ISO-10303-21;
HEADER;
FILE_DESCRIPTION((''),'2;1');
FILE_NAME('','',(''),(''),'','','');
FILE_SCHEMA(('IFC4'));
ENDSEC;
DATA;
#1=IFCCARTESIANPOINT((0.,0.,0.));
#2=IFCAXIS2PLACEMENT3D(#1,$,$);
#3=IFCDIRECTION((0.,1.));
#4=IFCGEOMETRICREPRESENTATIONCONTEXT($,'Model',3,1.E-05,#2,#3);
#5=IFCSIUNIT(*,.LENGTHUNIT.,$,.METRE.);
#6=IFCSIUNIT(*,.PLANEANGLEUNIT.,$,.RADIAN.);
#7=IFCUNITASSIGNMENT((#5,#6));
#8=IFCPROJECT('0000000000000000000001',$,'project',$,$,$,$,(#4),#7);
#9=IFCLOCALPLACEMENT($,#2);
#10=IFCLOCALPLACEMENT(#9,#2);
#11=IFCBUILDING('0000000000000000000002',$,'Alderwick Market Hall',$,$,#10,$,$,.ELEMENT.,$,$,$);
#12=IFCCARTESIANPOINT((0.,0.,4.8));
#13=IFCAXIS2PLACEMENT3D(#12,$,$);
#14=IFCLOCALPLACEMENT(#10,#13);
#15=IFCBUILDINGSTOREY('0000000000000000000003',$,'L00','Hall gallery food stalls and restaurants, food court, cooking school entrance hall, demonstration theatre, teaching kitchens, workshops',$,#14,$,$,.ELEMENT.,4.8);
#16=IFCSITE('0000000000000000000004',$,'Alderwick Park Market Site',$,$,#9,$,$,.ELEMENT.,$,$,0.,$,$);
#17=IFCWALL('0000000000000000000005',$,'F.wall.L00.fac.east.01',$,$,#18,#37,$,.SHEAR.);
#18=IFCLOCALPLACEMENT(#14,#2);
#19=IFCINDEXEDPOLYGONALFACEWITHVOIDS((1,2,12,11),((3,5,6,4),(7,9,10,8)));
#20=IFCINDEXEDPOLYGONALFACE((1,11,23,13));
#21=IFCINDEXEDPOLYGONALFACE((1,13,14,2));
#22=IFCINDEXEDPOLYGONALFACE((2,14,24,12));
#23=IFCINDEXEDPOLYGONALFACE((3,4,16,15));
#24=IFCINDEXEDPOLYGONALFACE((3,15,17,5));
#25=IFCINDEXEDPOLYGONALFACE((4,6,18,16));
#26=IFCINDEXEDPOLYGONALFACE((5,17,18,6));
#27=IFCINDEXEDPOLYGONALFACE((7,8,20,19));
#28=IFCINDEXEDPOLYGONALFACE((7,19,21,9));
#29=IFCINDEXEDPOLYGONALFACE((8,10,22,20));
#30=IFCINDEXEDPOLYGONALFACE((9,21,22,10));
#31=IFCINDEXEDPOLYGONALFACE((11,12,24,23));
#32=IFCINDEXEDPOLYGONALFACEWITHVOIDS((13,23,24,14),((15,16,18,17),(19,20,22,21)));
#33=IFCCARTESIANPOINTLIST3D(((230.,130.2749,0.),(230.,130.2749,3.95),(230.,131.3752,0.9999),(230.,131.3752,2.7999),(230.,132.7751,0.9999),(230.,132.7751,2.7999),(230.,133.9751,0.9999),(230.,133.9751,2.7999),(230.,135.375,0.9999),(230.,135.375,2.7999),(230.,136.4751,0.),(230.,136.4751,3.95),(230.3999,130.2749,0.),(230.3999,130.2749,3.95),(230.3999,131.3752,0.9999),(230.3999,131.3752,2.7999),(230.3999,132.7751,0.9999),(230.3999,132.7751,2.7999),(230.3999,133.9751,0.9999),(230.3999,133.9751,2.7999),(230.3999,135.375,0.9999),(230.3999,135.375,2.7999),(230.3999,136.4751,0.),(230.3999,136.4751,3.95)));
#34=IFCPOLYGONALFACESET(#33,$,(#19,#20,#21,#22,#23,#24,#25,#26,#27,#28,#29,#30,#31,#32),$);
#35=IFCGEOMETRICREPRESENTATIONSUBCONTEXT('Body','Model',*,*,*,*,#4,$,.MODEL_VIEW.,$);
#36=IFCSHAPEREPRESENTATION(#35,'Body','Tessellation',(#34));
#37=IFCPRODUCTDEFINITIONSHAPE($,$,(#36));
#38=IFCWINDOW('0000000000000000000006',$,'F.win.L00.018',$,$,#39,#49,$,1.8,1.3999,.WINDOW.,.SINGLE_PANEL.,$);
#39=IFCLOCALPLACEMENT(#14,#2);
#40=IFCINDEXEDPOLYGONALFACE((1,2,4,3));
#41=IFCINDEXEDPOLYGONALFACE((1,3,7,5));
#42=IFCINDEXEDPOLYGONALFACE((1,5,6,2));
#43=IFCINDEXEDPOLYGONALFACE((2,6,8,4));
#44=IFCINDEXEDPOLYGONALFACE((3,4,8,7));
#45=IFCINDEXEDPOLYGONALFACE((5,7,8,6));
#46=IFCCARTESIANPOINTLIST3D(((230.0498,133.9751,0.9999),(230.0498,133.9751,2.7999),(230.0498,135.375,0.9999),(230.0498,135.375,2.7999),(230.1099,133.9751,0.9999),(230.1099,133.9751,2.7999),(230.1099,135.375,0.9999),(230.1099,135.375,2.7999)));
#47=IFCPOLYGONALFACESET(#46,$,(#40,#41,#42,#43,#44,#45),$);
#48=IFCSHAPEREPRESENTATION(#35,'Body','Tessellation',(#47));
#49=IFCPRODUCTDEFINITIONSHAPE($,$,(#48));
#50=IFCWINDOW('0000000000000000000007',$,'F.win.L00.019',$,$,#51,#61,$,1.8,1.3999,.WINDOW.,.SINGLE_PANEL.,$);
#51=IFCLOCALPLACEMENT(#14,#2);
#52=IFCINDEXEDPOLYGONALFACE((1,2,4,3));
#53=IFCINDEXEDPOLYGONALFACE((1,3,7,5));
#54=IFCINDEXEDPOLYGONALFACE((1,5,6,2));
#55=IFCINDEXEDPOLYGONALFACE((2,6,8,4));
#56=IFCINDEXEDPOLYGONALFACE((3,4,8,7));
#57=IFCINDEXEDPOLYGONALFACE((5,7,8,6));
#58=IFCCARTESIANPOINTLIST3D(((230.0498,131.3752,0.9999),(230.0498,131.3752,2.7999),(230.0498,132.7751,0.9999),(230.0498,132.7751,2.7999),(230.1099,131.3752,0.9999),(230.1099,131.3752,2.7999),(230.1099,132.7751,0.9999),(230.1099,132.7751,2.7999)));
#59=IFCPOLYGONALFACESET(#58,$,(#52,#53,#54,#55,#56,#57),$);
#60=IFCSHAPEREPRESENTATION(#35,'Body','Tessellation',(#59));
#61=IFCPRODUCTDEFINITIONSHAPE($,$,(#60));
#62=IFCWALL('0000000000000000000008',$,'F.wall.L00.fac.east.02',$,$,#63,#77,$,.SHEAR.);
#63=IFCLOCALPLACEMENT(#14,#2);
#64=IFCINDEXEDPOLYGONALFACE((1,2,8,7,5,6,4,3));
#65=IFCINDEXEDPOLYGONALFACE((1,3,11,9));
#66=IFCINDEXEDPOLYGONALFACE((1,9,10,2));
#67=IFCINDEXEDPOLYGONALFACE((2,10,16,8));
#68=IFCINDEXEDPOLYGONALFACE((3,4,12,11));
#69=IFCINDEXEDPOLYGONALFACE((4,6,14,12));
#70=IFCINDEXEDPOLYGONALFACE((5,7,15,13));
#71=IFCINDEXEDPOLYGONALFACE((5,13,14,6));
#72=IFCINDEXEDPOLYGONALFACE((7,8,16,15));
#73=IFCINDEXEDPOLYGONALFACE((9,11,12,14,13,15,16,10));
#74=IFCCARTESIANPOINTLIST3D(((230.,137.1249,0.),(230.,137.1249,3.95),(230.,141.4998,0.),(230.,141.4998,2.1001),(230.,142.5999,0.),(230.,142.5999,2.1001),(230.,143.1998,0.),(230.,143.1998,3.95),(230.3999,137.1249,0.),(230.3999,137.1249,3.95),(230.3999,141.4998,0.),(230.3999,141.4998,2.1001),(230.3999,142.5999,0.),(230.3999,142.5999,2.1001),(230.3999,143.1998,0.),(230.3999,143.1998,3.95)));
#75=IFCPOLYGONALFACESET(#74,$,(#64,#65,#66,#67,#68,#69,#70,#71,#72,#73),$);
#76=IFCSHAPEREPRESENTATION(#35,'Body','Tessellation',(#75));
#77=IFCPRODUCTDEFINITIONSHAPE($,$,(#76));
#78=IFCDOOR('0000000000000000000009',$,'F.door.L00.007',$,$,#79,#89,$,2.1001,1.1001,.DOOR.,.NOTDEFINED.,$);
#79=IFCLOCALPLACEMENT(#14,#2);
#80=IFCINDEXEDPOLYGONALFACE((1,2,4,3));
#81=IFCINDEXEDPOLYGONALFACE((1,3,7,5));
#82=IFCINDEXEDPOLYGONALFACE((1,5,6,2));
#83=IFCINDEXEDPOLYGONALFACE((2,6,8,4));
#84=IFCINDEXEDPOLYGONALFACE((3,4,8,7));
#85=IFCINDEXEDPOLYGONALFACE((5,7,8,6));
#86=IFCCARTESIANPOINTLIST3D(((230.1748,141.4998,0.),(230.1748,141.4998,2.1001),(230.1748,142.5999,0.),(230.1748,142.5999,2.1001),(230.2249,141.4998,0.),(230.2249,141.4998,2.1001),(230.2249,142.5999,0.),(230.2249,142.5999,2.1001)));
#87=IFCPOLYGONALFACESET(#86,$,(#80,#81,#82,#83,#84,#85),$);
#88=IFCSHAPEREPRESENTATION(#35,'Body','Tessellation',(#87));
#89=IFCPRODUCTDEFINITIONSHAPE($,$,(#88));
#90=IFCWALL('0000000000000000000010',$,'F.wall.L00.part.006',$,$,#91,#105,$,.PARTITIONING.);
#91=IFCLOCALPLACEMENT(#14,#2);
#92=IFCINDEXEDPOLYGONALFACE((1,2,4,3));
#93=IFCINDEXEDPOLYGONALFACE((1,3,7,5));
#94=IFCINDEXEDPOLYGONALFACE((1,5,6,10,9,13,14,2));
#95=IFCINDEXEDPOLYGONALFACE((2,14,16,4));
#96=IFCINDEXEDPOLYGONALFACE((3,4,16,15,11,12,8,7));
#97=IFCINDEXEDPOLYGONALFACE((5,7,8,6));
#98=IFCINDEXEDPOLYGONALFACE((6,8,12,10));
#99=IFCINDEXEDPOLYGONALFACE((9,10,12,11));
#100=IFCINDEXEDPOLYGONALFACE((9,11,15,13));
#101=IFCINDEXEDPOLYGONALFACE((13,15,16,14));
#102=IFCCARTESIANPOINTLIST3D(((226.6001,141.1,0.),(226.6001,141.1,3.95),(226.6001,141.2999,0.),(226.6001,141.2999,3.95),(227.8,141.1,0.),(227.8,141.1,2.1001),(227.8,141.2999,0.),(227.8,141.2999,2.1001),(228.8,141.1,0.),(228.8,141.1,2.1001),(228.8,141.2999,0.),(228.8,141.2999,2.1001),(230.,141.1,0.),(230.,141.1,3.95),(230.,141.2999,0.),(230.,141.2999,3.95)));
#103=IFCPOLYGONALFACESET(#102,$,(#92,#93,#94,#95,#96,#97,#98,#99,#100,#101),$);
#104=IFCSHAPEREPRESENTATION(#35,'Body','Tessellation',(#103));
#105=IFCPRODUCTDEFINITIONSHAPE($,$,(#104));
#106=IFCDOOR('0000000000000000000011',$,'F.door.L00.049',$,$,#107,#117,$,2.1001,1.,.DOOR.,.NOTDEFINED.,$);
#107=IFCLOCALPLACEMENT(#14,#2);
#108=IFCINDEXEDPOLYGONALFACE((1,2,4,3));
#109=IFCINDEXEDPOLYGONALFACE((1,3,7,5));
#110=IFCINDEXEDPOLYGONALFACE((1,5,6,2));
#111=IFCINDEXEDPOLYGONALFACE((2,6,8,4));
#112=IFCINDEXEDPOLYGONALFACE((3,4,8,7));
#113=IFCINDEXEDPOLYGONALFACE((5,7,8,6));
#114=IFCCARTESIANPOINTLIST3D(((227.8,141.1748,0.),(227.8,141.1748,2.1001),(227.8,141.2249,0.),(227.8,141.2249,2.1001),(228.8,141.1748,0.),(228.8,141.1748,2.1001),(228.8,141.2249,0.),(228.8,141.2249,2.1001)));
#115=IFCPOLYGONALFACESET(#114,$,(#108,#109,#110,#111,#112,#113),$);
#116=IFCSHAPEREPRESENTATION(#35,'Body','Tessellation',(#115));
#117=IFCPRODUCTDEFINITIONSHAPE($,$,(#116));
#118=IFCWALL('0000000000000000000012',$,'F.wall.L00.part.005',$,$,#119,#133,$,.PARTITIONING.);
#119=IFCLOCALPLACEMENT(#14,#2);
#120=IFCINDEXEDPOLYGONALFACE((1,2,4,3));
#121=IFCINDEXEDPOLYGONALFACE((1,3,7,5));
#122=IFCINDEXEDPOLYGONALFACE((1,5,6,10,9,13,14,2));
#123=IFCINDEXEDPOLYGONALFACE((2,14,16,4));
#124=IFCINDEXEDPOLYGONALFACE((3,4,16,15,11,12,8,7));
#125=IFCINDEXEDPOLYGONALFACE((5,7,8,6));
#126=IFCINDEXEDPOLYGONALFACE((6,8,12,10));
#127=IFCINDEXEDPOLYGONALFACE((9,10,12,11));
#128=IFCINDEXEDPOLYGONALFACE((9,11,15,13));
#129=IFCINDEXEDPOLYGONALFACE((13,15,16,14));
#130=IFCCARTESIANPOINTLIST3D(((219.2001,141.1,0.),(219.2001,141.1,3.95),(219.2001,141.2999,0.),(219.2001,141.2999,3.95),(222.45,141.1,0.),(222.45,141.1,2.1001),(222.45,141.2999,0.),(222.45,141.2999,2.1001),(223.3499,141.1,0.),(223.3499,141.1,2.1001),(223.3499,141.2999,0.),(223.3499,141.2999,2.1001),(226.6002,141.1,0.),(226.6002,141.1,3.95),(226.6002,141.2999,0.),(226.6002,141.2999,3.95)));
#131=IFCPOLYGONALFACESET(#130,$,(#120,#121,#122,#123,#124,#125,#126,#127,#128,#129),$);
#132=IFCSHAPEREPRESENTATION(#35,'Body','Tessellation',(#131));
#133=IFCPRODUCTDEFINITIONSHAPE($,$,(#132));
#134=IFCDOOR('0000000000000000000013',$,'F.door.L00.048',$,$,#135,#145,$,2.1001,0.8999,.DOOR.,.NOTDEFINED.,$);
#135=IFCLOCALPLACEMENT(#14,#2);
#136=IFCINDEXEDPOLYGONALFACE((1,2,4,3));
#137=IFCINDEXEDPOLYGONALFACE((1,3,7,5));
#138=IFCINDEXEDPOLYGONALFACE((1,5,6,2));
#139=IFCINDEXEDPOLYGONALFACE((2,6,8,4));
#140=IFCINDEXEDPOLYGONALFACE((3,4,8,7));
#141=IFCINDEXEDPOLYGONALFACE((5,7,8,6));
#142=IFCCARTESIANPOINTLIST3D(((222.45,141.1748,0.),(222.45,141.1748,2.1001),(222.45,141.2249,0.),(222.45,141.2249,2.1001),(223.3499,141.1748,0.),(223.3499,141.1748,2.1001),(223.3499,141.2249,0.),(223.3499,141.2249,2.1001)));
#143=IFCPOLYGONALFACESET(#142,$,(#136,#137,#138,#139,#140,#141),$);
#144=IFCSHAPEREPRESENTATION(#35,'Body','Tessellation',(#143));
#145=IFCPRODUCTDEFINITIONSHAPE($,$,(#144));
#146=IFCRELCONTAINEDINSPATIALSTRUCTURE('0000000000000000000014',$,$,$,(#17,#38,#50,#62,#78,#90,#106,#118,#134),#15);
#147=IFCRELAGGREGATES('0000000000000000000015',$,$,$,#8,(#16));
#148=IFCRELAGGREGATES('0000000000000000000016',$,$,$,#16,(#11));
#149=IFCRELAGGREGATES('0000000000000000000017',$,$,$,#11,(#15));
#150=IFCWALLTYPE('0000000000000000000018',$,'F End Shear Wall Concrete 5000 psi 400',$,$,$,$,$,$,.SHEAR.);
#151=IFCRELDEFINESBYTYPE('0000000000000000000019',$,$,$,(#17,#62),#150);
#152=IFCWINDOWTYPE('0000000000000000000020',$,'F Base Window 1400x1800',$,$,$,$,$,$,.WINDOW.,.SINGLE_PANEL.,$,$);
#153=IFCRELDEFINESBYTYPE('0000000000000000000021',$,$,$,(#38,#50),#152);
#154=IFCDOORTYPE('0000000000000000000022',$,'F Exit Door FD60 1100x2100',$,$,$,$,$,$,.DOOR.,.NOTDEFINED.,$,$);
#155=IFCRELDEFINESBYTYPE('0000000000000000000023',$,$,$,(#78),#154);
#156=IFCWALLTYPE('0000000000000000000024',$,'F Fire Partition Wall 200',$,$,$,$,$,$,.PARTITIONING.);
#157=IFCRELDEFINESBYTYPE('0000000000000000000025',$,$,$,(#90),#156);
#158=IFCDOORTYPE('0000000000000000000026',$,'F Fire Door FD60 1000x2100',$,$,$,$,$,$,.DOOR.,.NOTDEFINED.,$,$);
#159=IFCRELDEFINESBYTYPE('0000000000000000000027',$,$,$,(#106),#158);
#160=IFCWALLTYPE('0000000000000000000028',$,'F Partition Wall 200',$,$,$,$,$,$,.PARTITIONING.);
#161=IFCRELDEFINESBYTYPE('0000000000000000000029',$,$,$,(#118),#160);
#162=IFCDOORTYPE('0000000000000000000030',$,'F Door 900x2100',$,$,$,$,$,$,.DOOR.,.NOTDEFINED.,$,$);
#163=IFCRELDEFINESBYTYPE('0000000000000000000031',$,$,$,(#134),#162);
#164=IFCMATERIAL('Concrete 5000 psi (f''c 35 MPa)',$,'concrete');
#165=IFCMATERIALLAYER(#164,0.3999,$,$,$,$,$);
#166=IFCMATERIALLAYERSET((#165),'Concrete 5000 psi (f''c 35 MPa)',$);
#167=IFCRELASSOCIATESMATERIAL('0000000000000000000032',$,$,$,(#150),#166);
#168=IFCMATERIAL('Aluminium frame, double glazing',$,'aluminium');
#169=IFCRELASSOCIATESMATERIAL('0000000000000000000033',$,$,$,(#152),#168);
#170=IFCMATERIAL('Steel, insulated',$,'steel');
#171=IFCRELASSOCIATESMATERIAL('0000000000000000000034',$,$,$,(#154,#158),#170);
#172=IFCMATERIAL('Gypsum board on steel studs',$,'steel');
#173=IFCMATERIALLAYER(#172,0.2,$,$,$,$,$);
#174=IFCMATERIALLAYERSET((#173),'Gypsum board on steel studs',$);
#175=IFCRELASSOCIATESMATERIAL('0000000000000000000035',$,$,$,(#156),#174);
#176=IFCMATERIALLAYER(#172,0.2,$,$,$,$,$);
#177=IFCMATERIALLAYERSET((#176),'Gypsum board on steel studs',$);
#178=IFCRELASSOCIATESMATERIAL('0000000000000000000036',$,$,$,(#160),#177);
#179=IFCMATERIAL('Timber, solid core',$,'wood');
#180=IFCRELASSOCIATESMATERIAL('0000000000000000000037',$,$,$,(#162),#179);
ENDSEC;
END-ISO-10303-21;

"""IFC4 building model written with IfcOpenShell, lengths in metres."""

from ifc_helpers import new_model, si_unit, direction, frame, frame_2d, origin, place, context, subcontext, project, spatial, rectangle, extrude, material, layer, layer_set, type_object, element, fill, save


model = new_model("IFC4")

# Units and contexts
model_context = context("Model", 3, precision=1e-05, world=origin(), true_north=direction((0.0, 1.0)))
body_context = subcontext(model_context, "Body", "Model", "MODEL_VIEW")
ifc_project = project(units=[si_unit("LENGTHUNIT", "METRE"), si_unit("PLANEANGLEUNIT", "RADIAN")], contexts=[model_context])

# Site, building, storey
site_placement = place(None, origin())
site = spatial("IfcSite", under=ifc_project, at=site_placement, Name="Alderwick Park Market Site", CompositionType="ELEMENT", RefElevation=0.0)
building_placement = place(site_placement, origin())
building = spatial("IfcBuilding", under=site, at=building_placement, Name="Alderwick Market Hall", CompositionType="ELEMENT")
storey_placement = place(building_placement, frame((0.0, 0.0, 4.8)))
storey = spatial("IfcBuildingStorey", under=building, at=storey_placement, Name="L00", Description="Hall gallery food stalls and restaurants, food court, cooking school entrance hall, demonstration theatre, teaching kitchens, workshops", CompositionType="ELEMENT", Elevation=4.8)

# Shared definitions
ifc_material_1 = material(Name="Concrete 5000 psi (f'c 35 MPa)", Category="concrete")

# Shared definitions
ifc_material_2 = material(Name="Steel, insulated", Category="steel")

# Wall, openings, windows
ifc_layer_1 = layer(ifc_material_1, 0.3999)
ifc_layer_set_1 = layer_set([ifc_layer_1], Name="Concrete 5000 psi (f'c 35 MPa)")
wall_type_1 = type_object("IfcWallType", Name="F End Shear Wall Concrete 5000 psi 400", PredefinedType="SHEAR", material=ifc_layer_set_1)
wall_1_placement = place(storey_placement, frame((230.2, 136.4751, 0.0), z_axis=(0.0, 0.0, 1.0), x_axis=(0.0, -1.0, 0.0)))
wall_1 = element("IfcWall", 1, at=wall_1_placement, inside=storey, type_object=wall_type_1, Name="F.wall.L00.fac.east.01", PredefinedType="SHEAR", context=body_context, shape_type="SweptSolid", body=[
    extrude(rectangle(XDim=6.2002, YDim=0.3999, at=frame_2d((3.1001, 0.0))), origin(), (0.0, 0.0, 1.0), 3.95),
])
opening_1_placement = place(wall_1_placement, frame((1.1001, 0.0, 1.0)))
opening_1 = element("IfcOpeningElement", 2, at=opening_1_placement, cuts=wall_1, PredefinedType="OPENING", context=body_context, shape_type="SweptSolid", body=[
    extrude(rectangle(XDim=1.3999, YDim=1.8, at=frame_2d((0.7, 0.8999))), frame((0.0, 0.21, 0.0), z_axis=(0.0, -1.0, 0.0), x_axis=(1.0, 0.0, 0.0)), (0.0, 0.0, 1.0), 0.4199),
])
opening_2_placement = place(wall_1_placement, frame((3.7, 0.0, 1.0)))
opening_2 = element("IfcOpeningElement", 3, at=opening_2_placement, cuts=wall_1, PredefinedType="OPENING", context=body_context, shape_type="SweptSolid", body=[
    extrude(rectangle(XDim=1.3999, YDim=1.8, at=frame_2d((0.7, 0.8999))), frame((0.0, 0.21, 0.0), z_axis=(0.0, -1.0, 0.0), x_axis=(1.0, 0.0, 0.0)), (0.0, 0.0, 1.0), 0.4199),
])
ifc_material_3 = material(Name="Aluminium frame, double glazing", Category="aluminium")
window_type = type_object("IfcWindowType", Name="F Base Window 1400x1800", PartitioningType="SINGLE_PANEL", PredefinedType="WINDOW", material=ifc_material_3)
window_1_placement = place(opening_1_placement, origin())
window_1 = element("IfcWindow", 4, at=window_1_placement, inside=storey, type_object=window_type, Name="F.win.L00.018", OverallHeight=1.8, OverallWidth=1.3999, PartitioningType="SINGLE_PANEL", PredefinedType="WINDOW", context=body_context, shape_type="SweptSolid", body=[
    extrude(rectangle(XDim=1.3999, YDim=1.8, at=frame_2d((0.7, 0.8999))), frame((0.0, -0.0901, 0.0), z_axis=(0.0, -1.0, 0.0), x_axis=(1.0, 0.0, 0.0)), (0.0, 0.0, 1.0), 0.0601),
])
fill(opening_1, window_1)
window_2_placement = place(opening_2_placement, origin())
window_2 = element("IfcWindow", 5, at=window_2_placement, inside=storey, type_object=window_type, Name="F.win.L00.019", OverallHeight=1.8, OverallWidth=1.3999, PartitioningType="SINGLE_PANEL", PredefinedType="WINDOW", context=body_context, shape_type="SweptSolid", body=[
    extrude(rectangle(XDim=1.3999, YDim=1.8, at=frame_2d((0.7, 0.8999))), frame((0.0, -0.0901, 0.0), z_axis=(0.0, -1.0, 0.0), x_axis=(1.0, 0.0, 0.0)), (0.0, 0.0, 1.0), 0.0601),
])
fill(opening_2, window_2)

# Walls, openings, doors
wall_2_placement = place(storey_placement, frame((230.2, 143.2, 0.0), z_axis=(0.0, 0.0, 1.0), x_axis=(0.0, -1.0, 0.0)))
wall_2 = element("IfcWall", 6, at=wall_2_placement, inside=storey, type_object=wall_type_1, Name="F.wall.L00.fac.east.02", PredefinedType="SHEAR", context=body_context, shape_type="SweptSolid", body=[
    extrude(rectangle(XDim=6.075, YDim=0.3999, at=frame_2d((3.0376, 0.0))), origin(), (0.0, 0.0, 1.0), 3.95),
])
opening_3_placement = place(wall_2_placement, frame((0.6001, 0.0, 0.0)))
opening_3 = element("IfcOpeningElement", 7, at=opening_3_placement, cuts=wall_2, PredefinedType="OPENING", context=body_context, shape_type="SweptSolid", body=[
    extrude(rectangle(XDim=1.1001, YDim=2.1001, at=frame_2d((0.55, 1.05))), frame((0.0, 0.21, 0.0), z_axis=(0.0, -1.0, 0.0), x_axis=(1.0, 0.0, 0.0)), (0.0, 0.0, 1.0), 0.4199),
])
door_type_1 = type_object("IfcDoorType", Name="F Exit Door FD60 1100x2100", OperationType="NOTDEFINED", PredefinedType="DOOR", material=ifc_material_2)
door_1_placement = place(opening_3_placement, origin())
door_1 = element("IfcDoor", 8, at=door_1_placement, inside=storey, type_object=door_type_1, Name="F.door.L00.007", OperationType="NOTDEFINED", OverallHeight=2.1001, OverallWidth=1.1001, PredefinedType="DOOR", context=body_context, shape_type="SweptSolid", body=[
    extrude(rectangle(XDim=1.1001, YDim=2.1001, at=frame_2d((0.55, 1.05))), frame((0.0, 0.0249, 0.0), z_axis=(0.0, -1.0, 0.0), x_axis=(1.0, 0.0, 0.0)), (0.0, 0.0, 1.0), 0.05),
])
fill(opening_3, door_1)
ifc_material_4 = material(Name="Gypsum board on steel studs", Category="steel")
ifc_layer_2 = layer(ifc_material_4, 0.2)
ifc_layer_set_2 = layer_set([ifc_layer_2], Name="Gypsum board on steel studs")
wall_type_2 = type_object("IfcWallType", Name="F Fire Partition Wall 200", PredefinedType="PARTITIONING", material=ifc_layer_set_2)
wall_3_placement = place(storey_placement, frame((226.6001, 141.2, 0.0), z_axis=(0.0, 0.0, 1.0), x_axis=(1.0, 0.0, 0.0)))
wall_3 = element("IfcWall", 9, at=wall_3_placement, inside=storey, type_object=wall_type_2, Name="F.wall.L00.part.006", PredefinedType="PARTITIONING", context=body_context, shape_type="SweptSolid", body=[
    extrude(rectangle(XDim=3.3999, YDim=0.2, at=frame_2d((1.7, 0.0))), origin(), (0.0, 0.0, 1.0), 3.95),
])
opening_4_placement = place(wall_3_placement, frame((1.2, 0.0, 0.0)))
opening_4 = element("IfcOpeningElement", 10, at=opening_4_placement, cuts=wall_3, PredefinedType="OPENING", context=body_context, shape_type="SweptSolid", body=[
    extrude(rectangle(XDim=1.0, YDim=2.1001, at=frame_2d((0.5, 1.05))), frame((0.0, 0.1099, 0.0), z_axis=(0.0, -1.0, 0.0), x_axis=(1.0, 0.0, 0.0)), (0.0, 0.0, 1.0), 0.22),
])
door_type_2 = type_object("IfcDoorType", Name="F Fire Door FD60 1000x2100", OperationType="NOTDEFINED", PredefinedType="DOOR", material=ifc_material_2)
door_2_placement = place(opening_4_placement, origin())
door_2 = element("IfcDoor", 11, at=door_2_placement, inside=storey, type_object=door_type_2, Name="F.door.L00.049", OperationType="NOTDEFINED", OverallHeight=2.1001, OverallWidth=1.0, PredefinedType="DOOR", context=body_context, shape_type="SweptSolid", body=[
    extrude(rectangle(XDim=1.0, YDim=2.1001, at=frame_2d((0.5, 1.05))), frame((0.0, 0.0249, 0.0), z_axis=(0.0, -1.0, 0.0), x_axis=(1.0, 0.0, 0.0)), (0.0, 0.0, 1.0), 0.05),
])
fill(opening_4, door_2)
ifc_layer_3 = layer(ifc_material_4, 0.2)
ifc_layer_set_3 = layer_set([ifc_layer_3], Name="Gypsum board on steel studs")
wall_type_3 = type_object("IfcWallType", Name="F Partition Wall 200", PredefinedType="PARTITIONING", material=ifc_layer_set_3)
wall_4_placement = place(storey_placement, frame((219.2, 141.2, 0.0), z_axis=(0.0, 0.0, 1.0), x_axis=(1.0, 0.0, 0.0)))
wall_4 = element("IfcWall", 12, at=wall_4_placement, inside=storey, type_object=wall_type_3, Name="F.wall.L00.part.005", PredefinedType="PARTITIONING", context=body_context, shape_type="SweptSolid", body=[
    extrude(rectangle(XDim=7.4001, YDim=0.2, at=frame_2d((3.7002, 0.0))), origin(), (0.0, 0.0, 1.0), 3.95),
])
opening_5_placement = place(wall_4_placement, frame((3.25, 0.0, 0.0)))
opening_5 = element("IfcOpeningElement", 13, at=opening_5_placement, cuts=wall_4, PredefinedType="OPENING", context=body_context, shape_type="SweptSolid", body=[
    extrude(rectangle(XDim=0.8999, YDim=2.1001, at=frame_2d((0.45, 1.05))), frame((0.0, 0.1099, 0.0), z_axis=(0.0, -1.0, 0.0), x_axis=(1.0, 0.0, 0.0)), (0.0, 0.0, 1.0), 0.22),
])
ifc_material_5 = material(Name="Timber, solid core", Category="wood")
door_type_3 = type_object("IfcDoorType", Name="F Door 900x2100", OperationType="NOTDEFINED", PredefinedType="DOOR", material=ifc_material_5)
door_3_placement = place(opening_5_placement, origin())
door_3 = element("IfcDoor", 14, at=door_3_placement, inside=storey, type_object=door_type_3, Name="F.door.L00.048", OperationType="NOTDEFINED", OverallHeight=2.1001, OverallWidth=0.8999, PredefinedType="DOOR", context=body_context, shape_type="SweptSolid", body=[
    extrude(rectangle(XDim=0.8999, YDim=2.1001, at=frame_2d((0.45, 1.05))), frame((0.0, 0.0249, 0.0), z_axis=(0.0, -1.0, 0.0), x_axis=(1.0, 0.0, 0.0)), (0.0, 0.0, 1.0), 0.05),
])
fill(opening_5, door_3)

save(model, "model.ifc")
